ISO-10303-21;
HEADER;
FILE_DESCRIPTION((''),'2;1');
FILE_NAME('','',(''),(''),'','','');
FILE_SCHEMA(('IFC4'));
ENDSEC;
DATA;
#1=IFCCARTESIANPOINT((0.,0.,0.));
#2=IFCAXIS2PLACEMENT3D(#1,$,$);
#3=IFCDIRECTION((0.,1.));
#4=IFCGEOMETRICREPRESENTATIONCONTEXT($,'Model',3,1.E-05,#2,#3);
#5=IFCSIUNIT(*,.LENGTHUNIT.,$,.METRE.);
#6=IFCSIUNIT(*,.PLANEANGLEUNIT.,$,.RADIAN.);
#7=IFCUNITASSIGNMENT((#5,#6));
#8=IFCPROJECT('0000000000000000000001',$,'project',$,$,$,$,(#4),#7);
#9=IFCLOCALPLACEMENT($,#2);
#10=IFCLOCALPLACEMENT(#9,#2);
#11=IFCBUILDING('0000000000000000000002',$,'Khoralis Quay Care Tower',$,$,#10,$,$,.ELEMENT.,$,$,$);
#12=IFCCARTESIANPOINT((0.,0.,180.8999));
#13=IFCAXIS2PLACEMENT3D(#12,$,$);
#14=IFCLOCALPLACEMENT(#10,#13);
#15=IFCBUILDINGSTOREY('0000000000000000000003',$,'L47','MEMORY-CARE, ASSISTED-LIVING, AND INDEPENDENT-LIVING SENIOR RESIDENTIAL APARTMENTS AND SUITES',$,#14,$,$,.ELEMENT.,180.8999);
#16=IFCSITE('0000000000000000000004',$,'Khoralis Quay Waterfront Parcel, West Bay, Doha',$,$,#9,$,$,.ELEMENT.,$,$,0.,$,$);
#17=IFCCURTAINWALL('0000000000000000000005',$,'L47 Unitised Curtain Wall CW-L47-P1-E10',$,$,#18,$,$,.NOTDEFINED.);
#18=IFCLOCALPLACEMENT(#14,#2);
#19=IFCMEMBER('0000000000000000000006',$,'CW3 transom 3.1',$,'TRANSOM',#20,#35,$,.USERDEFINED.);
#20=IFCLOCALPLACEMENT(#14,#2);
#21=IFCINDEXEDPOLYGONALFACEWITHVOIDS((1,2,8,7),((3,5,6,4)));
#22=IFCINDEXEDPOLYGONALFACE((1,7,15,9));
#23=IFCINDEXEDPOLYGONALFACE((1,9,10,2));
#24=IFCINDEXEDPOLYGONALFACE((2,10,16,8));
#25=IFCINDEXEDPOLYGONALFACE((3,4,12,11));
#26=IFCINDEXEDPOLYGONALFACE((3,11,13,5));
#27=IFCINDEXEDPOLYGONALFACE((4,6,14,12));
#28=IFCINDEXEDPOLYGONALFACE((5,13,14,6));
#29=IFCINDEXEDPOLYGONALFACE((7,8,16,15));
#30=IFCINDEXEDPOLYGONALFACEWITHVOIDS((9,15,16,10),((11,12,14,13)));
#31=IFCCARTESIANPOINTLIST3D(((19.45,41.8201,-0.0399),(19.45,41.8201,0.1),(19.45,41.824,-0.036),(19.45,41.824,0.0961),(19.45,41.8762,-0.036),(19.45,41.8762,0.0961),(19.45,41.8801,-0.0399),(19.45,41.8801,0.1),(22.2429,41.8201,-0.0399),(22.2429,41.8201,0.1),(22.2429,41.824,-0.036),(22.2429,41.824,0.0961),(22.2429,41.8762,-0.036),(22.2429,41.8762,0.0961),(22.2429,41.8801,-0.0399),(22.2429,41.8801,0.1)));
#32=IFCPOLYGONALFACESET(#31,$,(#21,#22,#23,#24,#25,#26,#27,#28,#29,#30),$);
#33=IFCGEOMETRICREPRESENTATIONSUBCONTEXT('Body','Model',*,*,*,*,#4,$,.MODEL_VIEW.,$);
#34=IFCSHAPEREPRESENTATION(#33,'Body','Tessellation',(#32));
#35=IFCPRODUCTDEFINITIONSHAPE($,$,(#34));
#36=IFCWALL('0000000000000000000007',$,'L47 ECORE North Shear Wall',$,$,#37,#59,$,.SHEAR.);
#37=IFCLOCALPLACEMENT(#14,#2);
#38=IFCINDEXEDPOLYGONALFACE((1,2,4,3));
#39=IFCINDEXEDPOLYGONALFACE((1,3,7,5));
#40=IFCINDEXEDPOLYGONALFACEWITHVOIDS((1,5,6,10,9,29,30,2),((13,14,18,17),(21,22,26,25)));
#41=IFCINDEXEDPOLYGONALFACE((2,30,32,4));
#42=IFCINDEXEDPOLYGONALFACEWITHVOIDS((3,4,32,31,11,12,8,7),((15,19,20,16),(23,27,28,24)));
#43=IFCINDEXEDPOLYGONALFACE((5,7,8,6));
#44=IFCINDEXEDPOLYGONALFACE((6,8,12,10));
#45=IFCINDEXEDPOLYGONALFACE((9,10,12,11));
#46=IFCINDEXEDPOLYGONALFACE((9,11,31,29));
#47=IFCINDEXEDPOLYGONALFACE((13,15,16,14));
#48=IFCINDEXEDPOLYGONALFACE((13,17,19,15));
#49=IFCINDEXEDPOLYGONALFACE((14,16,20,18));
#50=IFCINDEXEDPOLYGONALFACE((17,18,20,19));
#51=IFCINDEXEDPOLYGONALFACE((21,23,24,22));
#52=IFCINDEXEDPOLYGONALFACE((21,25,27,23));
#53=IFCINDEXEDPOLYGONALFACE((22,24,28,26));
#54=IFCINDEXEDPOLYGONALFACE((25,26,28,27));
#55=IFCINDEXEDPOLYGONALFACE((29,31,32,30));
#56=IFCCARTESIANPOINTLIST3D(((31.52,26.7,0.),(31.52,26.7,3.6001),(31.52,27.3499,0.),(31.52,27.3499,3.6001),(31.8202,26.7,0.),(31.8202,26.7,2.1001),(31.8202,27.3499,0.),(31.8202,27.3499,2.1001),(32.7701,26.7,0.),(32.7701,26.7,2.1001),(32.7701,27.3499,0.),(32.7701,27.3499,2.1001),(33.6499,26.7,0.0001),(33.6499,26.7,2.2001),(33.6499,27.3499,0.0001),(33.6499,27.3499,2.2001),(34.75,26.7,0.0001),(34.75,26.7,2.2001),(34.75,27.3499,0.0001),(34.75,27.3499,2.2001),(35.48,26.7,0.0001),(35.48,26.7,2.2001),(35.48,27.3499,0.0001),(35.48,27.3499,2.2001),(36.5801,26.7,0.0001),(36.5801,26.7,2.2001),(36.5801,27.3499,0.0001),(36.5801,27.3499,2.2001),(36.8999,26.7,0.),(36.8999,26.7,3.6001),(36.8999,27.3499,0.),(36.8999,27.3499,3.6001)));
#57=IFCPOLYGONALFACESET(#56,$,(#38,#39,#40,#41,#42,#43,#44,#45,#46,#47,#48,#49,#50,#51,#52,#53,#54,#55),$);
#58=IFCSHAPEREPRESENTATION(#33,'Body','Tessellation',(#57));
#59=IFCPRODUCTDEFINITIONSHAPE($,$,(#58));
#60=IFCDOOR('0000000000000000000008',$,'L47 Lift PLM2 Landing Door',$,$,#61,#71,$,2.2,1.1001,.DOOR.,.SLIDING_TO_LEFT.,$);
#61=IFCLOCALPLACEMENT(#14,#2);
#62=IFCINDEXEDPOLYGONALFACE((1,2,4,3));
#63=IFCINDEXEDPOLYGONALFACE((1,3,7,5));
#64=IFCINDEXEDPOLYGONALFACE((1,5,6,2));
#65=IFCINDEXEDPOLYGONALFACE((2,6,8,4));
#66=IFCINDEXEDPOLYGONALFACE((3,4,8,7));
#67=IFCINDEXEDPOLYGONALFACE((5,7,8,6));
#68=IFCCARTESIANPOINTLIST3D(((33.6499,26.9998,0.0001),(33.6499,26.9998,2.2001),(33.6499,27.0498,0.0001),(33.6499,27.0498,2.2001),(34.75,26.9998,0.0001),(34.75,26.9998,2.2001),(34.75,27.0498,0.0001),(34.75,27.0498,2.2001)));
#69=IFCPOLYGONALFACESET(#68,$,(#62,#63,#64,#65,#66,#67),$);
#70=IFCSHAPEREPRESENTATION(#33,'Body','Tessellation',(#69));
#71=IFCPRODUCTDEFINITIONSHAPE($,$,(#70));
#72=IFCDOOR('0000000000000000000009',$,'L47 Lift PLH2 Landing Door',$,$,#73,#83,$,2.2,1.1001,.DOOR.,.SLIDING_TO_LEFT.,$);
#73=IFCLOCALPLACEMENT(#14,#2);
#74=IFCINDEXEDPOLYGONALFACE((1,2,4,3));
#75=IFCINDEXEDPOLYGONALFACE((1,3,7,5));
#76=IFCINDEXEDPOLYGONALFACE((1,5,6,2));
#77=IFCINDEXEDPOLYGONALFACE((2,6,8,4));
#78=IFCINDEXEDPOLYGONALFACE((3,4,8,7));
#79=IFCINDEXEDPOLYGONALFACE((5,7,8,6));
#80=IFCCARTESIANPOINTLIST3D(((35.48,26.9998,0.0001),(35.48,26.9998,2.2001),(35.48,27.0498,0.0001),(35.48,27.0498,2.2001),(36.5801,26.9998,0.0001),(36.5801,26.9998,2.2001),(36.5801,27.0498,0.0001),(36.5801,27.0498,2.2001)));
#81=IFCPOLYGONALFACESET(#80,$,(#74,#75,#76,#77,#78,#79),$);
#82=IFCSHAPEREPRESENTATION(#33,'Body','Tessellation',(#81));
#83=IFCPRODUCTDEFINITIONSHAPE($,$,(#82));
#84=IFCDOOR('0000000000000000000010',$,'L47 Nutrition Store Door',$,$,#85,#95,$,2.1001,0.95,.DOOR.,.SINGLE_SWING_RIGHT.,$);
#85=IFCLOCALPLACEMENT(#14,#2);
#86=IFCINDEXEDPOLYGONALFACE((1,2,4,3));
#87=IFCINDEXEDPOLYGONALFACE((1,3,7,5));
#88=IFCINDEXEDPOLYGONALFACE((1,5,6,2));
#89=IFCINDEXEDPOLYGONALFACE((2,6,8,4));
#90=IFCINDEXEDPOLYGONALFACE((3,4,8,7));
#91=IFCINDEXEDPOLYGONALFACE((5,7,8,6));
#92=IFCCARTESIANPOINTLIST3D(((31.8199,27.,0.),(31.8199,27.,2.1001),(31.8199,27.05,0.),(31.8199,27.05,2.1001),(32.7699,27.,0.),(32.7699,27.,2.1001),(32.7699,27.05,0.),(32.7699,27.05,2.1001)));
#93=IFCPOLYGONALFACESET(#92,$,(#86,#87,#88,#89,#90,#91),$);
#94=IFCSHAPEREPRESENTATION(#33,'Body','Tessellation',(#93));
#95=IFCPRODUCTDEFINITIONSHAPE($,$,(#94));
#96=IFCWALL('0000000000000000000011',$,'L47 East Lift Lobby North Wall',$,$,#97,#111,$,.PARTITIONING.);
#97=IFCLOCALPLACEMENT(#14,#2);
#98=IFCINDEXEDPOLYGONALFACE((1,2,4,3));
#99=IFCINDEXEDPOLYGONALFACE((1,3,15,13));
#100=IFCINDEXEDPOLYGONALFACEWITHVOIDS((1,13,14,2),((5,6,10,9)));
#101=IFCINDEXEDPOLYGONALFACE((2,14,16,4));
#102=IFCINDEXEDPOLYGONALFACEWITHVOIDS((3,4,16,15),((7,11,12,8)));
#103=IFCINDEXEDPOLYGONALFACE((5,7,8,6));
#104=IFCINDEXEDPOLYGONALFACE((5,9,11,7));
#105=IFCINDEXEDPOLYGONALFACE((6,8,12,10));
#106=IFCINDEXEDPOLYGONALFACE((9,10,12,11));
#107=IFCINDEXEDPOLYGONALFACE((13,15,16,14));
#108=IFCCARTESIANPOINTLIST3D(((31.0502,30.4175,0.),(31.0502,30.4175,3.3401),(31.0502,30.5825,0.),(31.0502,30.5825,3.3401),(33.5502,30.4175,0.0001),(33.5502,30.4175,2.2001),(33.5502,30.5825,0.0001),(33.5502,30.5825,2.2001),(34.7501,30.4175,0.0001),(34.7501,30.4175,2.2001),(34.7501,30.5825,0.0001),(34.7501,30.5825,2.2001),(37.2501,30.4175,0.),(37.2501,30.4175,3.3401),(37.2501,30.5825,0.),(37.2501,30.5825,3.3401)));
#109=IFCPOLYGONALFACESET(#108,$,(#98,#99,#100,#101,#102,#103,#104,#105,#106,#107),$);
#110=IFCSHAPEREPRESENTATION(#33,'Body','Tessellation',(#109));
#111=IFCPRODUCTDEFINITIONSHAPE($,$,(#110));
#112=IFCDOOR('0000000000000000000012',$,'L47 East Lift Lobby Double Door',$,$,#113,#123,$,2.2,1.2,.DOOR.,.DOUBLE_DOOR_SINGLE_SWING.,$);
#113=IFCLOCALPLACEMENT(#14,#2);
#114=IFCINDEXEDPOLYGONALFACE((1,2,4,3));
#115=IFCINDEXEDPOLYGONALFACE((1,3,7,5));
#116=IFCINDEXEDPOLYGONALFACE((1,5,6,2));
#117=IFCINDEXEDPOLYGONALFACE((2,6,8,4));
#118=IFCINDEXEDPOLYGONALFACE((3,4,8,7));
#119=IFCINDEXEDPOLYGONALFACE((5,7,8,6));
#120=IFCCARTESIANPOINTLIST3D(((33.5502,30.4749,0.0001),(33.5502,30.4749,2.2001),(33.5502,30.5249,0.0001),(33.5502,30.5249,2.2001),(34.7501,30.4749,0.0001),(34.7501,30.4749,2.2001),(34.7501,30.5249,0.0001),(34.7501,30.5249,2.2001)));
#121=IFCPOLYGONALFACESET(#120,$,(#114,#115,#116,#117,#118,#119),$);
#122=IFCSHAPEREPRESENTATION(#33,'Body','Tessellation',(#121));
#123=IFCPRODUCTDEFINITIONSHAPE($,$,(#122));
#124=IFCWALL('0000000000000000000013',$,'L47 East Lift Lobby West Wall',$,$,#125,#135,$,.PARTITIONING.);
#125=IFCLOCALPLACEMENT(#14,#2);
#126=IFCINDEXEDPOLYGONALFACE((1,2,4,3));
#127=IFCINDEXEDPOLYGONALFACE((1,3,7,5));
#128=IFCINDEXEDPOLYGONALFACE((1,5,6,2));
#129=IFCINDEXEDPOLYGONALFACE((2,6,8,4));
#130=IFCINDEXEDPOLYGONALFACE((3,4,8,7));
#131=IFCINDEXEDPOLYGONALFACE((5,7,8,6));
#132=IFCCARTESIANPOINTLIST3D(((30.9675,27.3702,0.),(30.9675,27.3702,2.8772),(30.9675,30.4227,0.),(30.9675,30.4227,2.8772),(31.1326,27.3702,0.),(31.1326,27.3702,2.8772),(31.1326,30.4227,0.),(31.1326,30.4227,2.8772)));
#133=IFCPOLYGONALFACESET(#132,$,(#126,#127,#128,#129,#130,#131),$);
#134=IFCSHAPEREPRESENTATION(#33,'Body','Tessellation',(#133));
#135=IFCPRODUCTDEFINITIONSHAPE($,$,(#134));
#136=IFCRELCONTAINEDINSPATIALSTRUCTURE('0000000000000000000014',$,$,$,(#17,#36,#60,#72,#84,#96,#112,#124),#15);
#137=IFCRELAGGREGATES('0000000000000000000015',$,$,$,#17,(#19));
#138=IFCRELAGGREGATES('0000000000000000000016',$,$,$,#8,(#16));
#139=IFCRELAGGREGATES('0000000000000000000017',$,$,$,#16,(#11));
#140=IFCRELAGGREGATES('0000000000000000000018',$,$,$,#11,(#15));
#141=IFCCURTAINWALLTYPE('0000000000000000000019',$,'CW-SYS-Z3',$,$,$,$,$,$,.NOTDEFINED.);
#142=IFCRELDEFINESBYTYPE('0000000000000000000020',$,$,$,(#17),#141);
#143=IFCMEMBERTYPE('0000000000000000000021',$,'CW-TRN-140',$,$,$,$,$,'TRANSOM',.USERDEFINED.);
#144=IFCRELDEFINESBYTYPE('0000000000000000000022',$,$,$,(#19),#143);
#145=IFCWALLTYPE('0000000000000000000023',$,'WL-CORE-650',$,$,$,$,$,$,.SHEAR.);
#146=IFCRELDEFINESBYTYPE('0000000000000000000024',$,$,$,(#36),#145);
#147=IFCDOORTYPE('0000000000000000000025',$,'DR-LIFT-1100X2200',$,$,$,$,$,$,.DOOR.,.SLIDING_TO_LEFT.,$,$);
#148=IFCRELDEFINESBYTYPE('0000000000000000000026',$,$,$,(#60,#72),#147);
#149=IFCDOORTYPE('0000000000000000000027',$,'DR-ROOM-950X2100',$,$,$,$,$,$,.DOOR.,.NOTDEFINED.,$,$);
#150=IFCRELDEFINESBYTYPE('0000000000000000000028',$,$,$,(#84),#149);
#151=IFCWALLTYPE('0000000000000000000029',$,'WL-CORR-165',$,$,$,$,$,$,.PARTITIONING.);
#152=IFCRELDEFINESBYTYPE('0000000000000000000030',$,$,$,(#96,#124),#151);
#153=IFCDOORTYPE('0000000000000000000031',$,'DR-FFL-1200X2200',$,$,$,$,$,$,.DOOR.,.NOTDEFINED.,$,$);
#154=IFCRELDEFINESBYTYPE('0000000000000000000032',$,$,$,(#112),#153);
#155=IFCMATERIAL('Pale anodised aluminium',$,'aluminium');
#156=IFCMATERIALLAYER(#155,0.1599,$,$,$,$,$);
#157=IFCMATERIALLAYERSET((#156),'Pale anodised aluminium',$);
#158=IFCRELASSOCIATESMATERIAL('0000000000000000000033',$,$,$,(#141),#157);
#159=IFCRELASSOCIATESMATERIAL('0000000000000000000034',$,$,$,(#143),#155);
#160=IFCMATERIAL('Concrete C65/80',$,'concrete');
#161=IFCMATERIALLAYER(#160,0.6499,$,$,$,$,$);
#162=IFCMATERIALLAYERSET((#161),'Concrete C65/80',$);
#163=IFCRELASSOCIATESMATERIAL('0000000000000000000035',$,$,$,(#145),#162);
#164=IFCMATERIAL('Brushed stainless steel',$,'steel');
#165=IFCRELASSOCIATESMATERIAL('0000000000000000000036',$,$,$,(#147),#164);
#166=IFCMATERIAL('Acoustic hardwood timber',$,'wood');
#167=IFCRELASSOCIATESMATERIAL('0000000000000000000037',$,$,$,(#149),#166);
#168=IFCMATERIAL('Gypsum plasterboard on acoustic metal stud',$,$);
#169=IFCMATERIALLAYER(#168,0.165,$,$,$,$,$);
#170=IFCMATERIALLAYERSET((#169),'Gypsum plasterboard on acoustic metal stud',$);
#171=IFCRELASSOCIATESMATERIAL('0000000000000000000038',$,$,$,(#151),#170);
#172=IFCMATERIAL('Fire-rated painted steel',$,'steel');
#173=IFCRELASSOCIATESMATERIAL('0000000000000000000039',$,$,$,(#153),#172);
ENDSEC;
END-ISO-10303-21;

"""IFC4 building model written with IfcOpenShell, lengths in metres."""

from ifc_helpers import new_model, si_unit, direction, frame, frame_2d, origin, origin_2d, place, context, subcontext, project, spatial, rectangle, hollow_rectangle, extrude, source, transform, mapped, material, layer, layer_set, material_profile, profile_set, type_object, element, fill, aggregate, save


model = new_model("IFC4")

# Units and contexts
model_context = context("Model", 3, precision=1e-05, world=origin(), true_north=direction((0.0, 1.0)))
body_context = subcontext(model_context, "Body", "Model", "MODEL_VIEW")
ifc_project = project(units=[si_unit("LENGTHUNIT", "METRE"), si_unit("PLANEANGLEUNIT", "RADIAN")], contexts=[model_context])

# Site, building, storey
site_placement = place(None, origin())
site = spatial("IfcSite", under=ifc_project, at=site_placement, Name="Khoralis Quay Waterfront Parcel, West Bay, Doha", CompositionType="ELEMENT", RefElevation=0.0)
building_placement = place(site_placement, origin())
building = spatial("IfcBuilding", under=site, at=building_placement, Name="Khoralis Quay Care Tower", CompositionType="ELEMENT")
storey_placement = place(building_placement, frame((0.0, 0.0, 180.8999)))
storey = spatial("IfcBuildingStorey", under=building, at=storey_placement, Name="L47", Description="MEMORY-CARE, ASSISTED-LIVING, AND INDEPENDENT-LIVING SENIOR RESIDENTIAL APARTMENTS AND SUITES", CompositionType="ELEMENT", Elevation=180.8999)

# Shared definitions
ifc_material_1 = material(Name="Concrete C65/80", Category="concrete")

# Curtain wall, member
ifc_material_2 = material(Name="Pale anodised aluminium", Category="aluminium")
ifc_layer_1 = layer(ifc_material_2, 0.1599)
ifc_layer_set_1 = layer_set([ifc_layer_1], Name="Pale anodised aluminium")
curtain_wall_type = type_object("IfcCurtainWallType", Name="CW-SYS-Z3", PredefinedType="NOTDEFINED", material=ifc_layer_set_1)
curtain_wall_placement = place(storey_placement, origin())
curtain_wall = element("IfcCurtainWall", 1, at=curtain_wall_placement, inside=storey, type_object=curtain_wall_type, Name="L47 Unitised Curtain Wall CW-L47-P1-E10", PredefinedType="NOTDEFINED")
ifc_material_profile_1 = material_profile(ifc_material_2, hollow_rectangle(XDim=0.0601, YDim=0.1399, WallThickness=0.0039, at=origin_2d()), Name="Pale anodised aluminium")
ifc_profile_set_1 = profile_set([ifc_material_profile_1], Name="Pale anodised aluminium")
member_type = type_object("IfcMemberType", Name="CW-TRN-140", ElementType="TRANSOM", PredefinedType="USERDEFINED", material=ifc_profile_set_1)
shared_shape_1 = source(origin(), body_context, "Body", "SweptSolid", [
    extrude(hollow_rectangle(XDim=0.0601, YDim=0.1399, WallThickness=0.0039, at=origin_2d()), origin(), (0.0, 0.0, 1.0), 2.793),
])
member_placement = place(storey_placement, frame((22.2429, 41.8501, 0.03), z_axis=(-1.0, 0.0, 0.0), x_axis=(0.0, -1.0, 0.0)))
member = element("IfcMember", 2, at=member_placement, type_object=member_type, Name="CW3 transom 3.1", ObjectType="TRANSOM", PredefinedType="USERDEFINED", context=body_context, shape_type="MappedRepresentation", body=[
    mapped(shared_shape_1, transform((0.0, 0.0, 0.0), scale=1.0)),
])
aggregate(curtain_wall, [member])

# Wall, openings, doors
ifc_layer_2 = layer(ifc_material_1, 0.6499)
ifc_layer_set_2 = layer_set([ifc_layer_2], Name="Concrete C65/80")
wall_type_1 = type_object("IfcWallType", Name="WL-CORE-650", PredefinedType="SHEAR", material=ifc_layer_set_2)
wall_1_placement = place(storey_placement, frame((31.52, 27.0249, 0.0), z_axis=(0.0, 0.0, 1.0), x_axis=(1.0, 0.0, 0.0)))
wall_1 = element("IfcWall", 3, at=wall_1_placement, inside=storey, type_object=wall_type_1, Name="L47 ECORE North Shear Wall", PredefinedType="SHEAR", context=body_context, shape_type="SweptSolid", body=[
    extrude(rectangle(XDim=5.3799, YDim=0.6499, at=frame_2d((2.6899, 0.0))), origin(), (0.0, 0.0, 1.0), 3.6001),
])
opening_1_placement = place(wall_1_placement, frame((0.3, 0.0, 0.0)))
opening_1 = element("IfcOpeningElement", 4, at=opening_1_placement, cuts=wall_1, PredefinedType="OPENING", context=body_context, shape_type="SweptSolid", body=[
    extrude(rectangle(XDim=0.95, YDim=2.1001, at=frame_2d((0.4751, 1.05))), frame((0.0, 0.335, 0.0), z_axis=(0.0, -1.0, 0.0), x_axis=(1.0, 0.0, 0.0)), (0.0, 0.0, 1.0), 0.6699),
])
opening_2_placement = place(wall_1_placement, frame((2.1299, 0.0, 0.0)))
opening_2 = element("IfcOpeningElement", 5, at=opening_2_placement, cuts=wall_1, PredefinedType="OPENING", context=body_context, shape_type="SweptSolid", body=[
    extrude(rectangle(XDim=1.1001, YDim=2.2, at=frame_2d((0.55, 1.1001))), frame((0.0, 0.335, 0.0), z_axis=(0.0, -1.0, 0.0), x_axis=(1.0, 0.0, 0.0)), (0.0, 0.0, 1.0), 0.6699),
])
opening_3_placement = place(wall_1_placement, frame((3.96, 0.0, 0.0)))
opening_3 = element("IfcOpeningElement", 6, at=opening_3_placement, cuts=wall_1, PredefinedType="OPENING", context=body_context, shape_type="SweptSolid", body=[
    extrude(rectangle(XDim=1.1001, YDim=2.2, at=frame_2d((0.55, 1.1001))), frame((0.0, 0.335, 0.0), z_axis=(0.0, -1.0, 0.0), x_axis=(1.0, 0.0, 0.0)), (0.0, 0.0, 1.0), 0.6699),
])
ifc_material_3 = material(Name="Brushed stainless steel", Category="steel")
door_type_1 = type_object("IfcDoorType", Name="DR-LIFT-1100X2200", OperationType="SLIDING_TO_LEFT", PredefinedType="DOOR", material=ifc_material_3)
shared_shape_2 = source(origin(), body_context, "Body", "SweptSolid", [
    extrude(rectangle(XDim=1.1001, YDim=2.2, at=frame_2d((0.55, 1.1001))), frame((0.0, 0.0249, 0.0), z_axis=(0.0, -1.0, 0.0), x_axis=(1.0, 0.0, 0.0)), (0.0, 0.0, 1.0), 0.05),
])
door_1_placement = place(opening_2_placement, origin())
door_1 = element("IfcDoor", 7, at=door_1_placement, inside=storey, type_object=door_type_1, Name="L47 Lift PLM2 Landing Door", OperationType="SLIDING_TO_LEFT", OverallHeight=2.2, OverallWidth=1.1001, PredefinedType="DOOR", context=body_context, shape_type="MappedRepresentation", body=[
    mapped(shared_shape_2, transform((0.0, 0.0, 0.0), scale=1.0)),
])
fill(opening_2, door_1)
door_2_placement = place(opening_3_placement, origin())
door_2 = element("IfcDoor", 8, at=door_2_placement, inside=storey, type_object=door_type_1, Name="L47 Lift PLH2 Landing Door", OperationType="SLIDING_TO_LEFT", OverallHeight=2.2, OverallWidth=1.1001, PredefinedType="DOOR", context=body_context, shape_type="MappedRepresentation", body=[
    mapped(shared_shape_2, transform((0.0, 0.0, 0.0), scale=1.0)),
])
fill(opening_3, door_2)
ifc_material_4 = material(Name="Acoustic hardwood timber", Category="wood")
door_type_2 = type_object("IfcDoorType", Name="DR-ROOM-950X2100", OperationType="NOTDEFINED", PredefinedType="DOOR", material=ifc_material_4)
shared_shape_3 = source(origin(), body_context, "Body", "SweptSolid", [
    extrude(rectangle(XDim=0.95, YDim=2.1001, at=frame_2d((0.4751, 1.05))), frame((0.0, 0.0249, 0.0), z_axis=(0.0, -1.0, 0.0), x_axis=(1.0, 0.0, 0.0)), (0.0, 0.0, 1.0), 0.05),
])
door_3_placement = place(opening_1_placement, frame((0.95, 0.0, 0.0), z_axis=(0.0, 0.0, 1.0), x_axis=(-1.0, 0.0, 0.0)))
door_3 = element("IfcDoor", 9, at=door_3_placement, inside=storey, type_object=door_type_2, Name="L47 Nutrition Store Door", OperationType="SINGLE_SWING_RIGHT", OverallHeight=2.1001, OverallWidth=0.95, PredefinedType="DOOR", context=body_context, shape_type="MappedRepresentation", body=[
    mapped(shared_shape_3, transform((0.0, 0.0, 0.0), scale=1.0)),
])
fill(opening_1, door_3)

# Wall, opening, door
ifc_material_5 = material(Name="Gypsum plasterboard on acoustic metal stud")
ifc_layer_3 = layer(ifc_material_5, 0.165)
ifc_layer_set_3 = layer_set([ifc_layer_3], Name="Gypsum plasterboard on acoustic metal stud")
wall_type_2 = type_object("IfcWallType", Name="WL-CORR-165", PredefinedType="PARTITIONING", material=ifc_layer_set_3)
wall_2_placement = place(storey_placement, frame((31.05, 30.5, 0.0), z_axis=(0.0, 0.0, 1.0), x_axis=(1.0, 0.0, 0.0)))
wall_2 = element("IfcWall", 10, at=wall_2_placement, inside=storey, type_object=wall_type_2, Name="L47 East Lift Lobby North Wall", PredefinedType="PARTITIONING", context=body_context, shape_type="SweptSolid", body=[
    extrude(rectangle(XDim=6.2, YDim=0.165, at=frame_2d((3.1001, 0.0))), origin(), (0.0, 0.0, 1.0), 3.3401),
])
opening_4_placement = place(wall_2_placement, frame((2.5, 0.0, 0.0)))
opening_4 = element("IfcOpeningElement", 11, at=opening_4_placement, cuts=wall_2, PredefinedType="OPENING", context=body_context, shape_type="SweptSolid", body=[
    extrude(rectangle(XDim=1.2, YDim=2.2, at=frame_2d((0.6001, 1.1001))), frame((0.0, 0.0925, 0.0), z_axis=(0.0, -1.0, 0.0), x_axis=(1.0, 0.0, 0.0)), (0.0, 0.0, 1.0), 0.1851),
])
ifc_material_6 = material(Name="Fire-rated painted steel", Category="steel")
door_type_3 = type_object("IfcDoorType", Name="DR-FFL-1200X2200", OperationType="NOTDEFINED", PredefinedType="DOOR", material=ifc_material_6)
shared_shape_4 = source(origin(), body_context, "Body", "SweptSolid", [
    extrude(rectangle(XDim=1.2, YDim=2.2, at=frame_2d((0.6001, 1.1001))), frame((0.0, 0.0249, 0.0), z_axis=(0.0, -1.0, 0.0), x_axis=(1.0, 0.0, 0.0)), (0.0, 0.0, 1.0), 0.05),
])
door_4_placement = place(opening_4_placement, origin())
door_4 = element("IfcDoor", 12, at=door_4_placement, inside=storey, type_object=door_type_3, Name="L47 East Lift Lobby Double Door", OperationType="DOUBLE_DOOR_SINGLE_SWING", OverallHeight=2.2, OverallWidth=1.2, PredefinedType="DOOR", context=body_context, shape_type="MappedRepresentation", body=[
    mapped(shared_shape_4, transform((0.0, 0.0, 0.0), scale=1.0)),
])
fill(opening_4, door_4)

# Wall
wall_3_placement = place(storey_placement, frame((31.05, 27.3701, 0.0), z_axis=(0.0, 0.0, 1.0), x_axis=(0.0, 1.0, 0.0)))
element("IfcWall", 13, at=wall_3_placement, inside=storey, type_object=wall_type_2, Name="L47 East Lift Lobby West Wall", PredefinedType="PARTITIONING", context=body_context, shape_type="SweptSolid", body=[
    extrude(rectangle(XDim=3.0525, YDim=0.165, at=frame_2d((1.5264, 0.0))), origin(), (0.0, 0.0, 1.0), 2.8772),
])

save(model, "model.ifc")
